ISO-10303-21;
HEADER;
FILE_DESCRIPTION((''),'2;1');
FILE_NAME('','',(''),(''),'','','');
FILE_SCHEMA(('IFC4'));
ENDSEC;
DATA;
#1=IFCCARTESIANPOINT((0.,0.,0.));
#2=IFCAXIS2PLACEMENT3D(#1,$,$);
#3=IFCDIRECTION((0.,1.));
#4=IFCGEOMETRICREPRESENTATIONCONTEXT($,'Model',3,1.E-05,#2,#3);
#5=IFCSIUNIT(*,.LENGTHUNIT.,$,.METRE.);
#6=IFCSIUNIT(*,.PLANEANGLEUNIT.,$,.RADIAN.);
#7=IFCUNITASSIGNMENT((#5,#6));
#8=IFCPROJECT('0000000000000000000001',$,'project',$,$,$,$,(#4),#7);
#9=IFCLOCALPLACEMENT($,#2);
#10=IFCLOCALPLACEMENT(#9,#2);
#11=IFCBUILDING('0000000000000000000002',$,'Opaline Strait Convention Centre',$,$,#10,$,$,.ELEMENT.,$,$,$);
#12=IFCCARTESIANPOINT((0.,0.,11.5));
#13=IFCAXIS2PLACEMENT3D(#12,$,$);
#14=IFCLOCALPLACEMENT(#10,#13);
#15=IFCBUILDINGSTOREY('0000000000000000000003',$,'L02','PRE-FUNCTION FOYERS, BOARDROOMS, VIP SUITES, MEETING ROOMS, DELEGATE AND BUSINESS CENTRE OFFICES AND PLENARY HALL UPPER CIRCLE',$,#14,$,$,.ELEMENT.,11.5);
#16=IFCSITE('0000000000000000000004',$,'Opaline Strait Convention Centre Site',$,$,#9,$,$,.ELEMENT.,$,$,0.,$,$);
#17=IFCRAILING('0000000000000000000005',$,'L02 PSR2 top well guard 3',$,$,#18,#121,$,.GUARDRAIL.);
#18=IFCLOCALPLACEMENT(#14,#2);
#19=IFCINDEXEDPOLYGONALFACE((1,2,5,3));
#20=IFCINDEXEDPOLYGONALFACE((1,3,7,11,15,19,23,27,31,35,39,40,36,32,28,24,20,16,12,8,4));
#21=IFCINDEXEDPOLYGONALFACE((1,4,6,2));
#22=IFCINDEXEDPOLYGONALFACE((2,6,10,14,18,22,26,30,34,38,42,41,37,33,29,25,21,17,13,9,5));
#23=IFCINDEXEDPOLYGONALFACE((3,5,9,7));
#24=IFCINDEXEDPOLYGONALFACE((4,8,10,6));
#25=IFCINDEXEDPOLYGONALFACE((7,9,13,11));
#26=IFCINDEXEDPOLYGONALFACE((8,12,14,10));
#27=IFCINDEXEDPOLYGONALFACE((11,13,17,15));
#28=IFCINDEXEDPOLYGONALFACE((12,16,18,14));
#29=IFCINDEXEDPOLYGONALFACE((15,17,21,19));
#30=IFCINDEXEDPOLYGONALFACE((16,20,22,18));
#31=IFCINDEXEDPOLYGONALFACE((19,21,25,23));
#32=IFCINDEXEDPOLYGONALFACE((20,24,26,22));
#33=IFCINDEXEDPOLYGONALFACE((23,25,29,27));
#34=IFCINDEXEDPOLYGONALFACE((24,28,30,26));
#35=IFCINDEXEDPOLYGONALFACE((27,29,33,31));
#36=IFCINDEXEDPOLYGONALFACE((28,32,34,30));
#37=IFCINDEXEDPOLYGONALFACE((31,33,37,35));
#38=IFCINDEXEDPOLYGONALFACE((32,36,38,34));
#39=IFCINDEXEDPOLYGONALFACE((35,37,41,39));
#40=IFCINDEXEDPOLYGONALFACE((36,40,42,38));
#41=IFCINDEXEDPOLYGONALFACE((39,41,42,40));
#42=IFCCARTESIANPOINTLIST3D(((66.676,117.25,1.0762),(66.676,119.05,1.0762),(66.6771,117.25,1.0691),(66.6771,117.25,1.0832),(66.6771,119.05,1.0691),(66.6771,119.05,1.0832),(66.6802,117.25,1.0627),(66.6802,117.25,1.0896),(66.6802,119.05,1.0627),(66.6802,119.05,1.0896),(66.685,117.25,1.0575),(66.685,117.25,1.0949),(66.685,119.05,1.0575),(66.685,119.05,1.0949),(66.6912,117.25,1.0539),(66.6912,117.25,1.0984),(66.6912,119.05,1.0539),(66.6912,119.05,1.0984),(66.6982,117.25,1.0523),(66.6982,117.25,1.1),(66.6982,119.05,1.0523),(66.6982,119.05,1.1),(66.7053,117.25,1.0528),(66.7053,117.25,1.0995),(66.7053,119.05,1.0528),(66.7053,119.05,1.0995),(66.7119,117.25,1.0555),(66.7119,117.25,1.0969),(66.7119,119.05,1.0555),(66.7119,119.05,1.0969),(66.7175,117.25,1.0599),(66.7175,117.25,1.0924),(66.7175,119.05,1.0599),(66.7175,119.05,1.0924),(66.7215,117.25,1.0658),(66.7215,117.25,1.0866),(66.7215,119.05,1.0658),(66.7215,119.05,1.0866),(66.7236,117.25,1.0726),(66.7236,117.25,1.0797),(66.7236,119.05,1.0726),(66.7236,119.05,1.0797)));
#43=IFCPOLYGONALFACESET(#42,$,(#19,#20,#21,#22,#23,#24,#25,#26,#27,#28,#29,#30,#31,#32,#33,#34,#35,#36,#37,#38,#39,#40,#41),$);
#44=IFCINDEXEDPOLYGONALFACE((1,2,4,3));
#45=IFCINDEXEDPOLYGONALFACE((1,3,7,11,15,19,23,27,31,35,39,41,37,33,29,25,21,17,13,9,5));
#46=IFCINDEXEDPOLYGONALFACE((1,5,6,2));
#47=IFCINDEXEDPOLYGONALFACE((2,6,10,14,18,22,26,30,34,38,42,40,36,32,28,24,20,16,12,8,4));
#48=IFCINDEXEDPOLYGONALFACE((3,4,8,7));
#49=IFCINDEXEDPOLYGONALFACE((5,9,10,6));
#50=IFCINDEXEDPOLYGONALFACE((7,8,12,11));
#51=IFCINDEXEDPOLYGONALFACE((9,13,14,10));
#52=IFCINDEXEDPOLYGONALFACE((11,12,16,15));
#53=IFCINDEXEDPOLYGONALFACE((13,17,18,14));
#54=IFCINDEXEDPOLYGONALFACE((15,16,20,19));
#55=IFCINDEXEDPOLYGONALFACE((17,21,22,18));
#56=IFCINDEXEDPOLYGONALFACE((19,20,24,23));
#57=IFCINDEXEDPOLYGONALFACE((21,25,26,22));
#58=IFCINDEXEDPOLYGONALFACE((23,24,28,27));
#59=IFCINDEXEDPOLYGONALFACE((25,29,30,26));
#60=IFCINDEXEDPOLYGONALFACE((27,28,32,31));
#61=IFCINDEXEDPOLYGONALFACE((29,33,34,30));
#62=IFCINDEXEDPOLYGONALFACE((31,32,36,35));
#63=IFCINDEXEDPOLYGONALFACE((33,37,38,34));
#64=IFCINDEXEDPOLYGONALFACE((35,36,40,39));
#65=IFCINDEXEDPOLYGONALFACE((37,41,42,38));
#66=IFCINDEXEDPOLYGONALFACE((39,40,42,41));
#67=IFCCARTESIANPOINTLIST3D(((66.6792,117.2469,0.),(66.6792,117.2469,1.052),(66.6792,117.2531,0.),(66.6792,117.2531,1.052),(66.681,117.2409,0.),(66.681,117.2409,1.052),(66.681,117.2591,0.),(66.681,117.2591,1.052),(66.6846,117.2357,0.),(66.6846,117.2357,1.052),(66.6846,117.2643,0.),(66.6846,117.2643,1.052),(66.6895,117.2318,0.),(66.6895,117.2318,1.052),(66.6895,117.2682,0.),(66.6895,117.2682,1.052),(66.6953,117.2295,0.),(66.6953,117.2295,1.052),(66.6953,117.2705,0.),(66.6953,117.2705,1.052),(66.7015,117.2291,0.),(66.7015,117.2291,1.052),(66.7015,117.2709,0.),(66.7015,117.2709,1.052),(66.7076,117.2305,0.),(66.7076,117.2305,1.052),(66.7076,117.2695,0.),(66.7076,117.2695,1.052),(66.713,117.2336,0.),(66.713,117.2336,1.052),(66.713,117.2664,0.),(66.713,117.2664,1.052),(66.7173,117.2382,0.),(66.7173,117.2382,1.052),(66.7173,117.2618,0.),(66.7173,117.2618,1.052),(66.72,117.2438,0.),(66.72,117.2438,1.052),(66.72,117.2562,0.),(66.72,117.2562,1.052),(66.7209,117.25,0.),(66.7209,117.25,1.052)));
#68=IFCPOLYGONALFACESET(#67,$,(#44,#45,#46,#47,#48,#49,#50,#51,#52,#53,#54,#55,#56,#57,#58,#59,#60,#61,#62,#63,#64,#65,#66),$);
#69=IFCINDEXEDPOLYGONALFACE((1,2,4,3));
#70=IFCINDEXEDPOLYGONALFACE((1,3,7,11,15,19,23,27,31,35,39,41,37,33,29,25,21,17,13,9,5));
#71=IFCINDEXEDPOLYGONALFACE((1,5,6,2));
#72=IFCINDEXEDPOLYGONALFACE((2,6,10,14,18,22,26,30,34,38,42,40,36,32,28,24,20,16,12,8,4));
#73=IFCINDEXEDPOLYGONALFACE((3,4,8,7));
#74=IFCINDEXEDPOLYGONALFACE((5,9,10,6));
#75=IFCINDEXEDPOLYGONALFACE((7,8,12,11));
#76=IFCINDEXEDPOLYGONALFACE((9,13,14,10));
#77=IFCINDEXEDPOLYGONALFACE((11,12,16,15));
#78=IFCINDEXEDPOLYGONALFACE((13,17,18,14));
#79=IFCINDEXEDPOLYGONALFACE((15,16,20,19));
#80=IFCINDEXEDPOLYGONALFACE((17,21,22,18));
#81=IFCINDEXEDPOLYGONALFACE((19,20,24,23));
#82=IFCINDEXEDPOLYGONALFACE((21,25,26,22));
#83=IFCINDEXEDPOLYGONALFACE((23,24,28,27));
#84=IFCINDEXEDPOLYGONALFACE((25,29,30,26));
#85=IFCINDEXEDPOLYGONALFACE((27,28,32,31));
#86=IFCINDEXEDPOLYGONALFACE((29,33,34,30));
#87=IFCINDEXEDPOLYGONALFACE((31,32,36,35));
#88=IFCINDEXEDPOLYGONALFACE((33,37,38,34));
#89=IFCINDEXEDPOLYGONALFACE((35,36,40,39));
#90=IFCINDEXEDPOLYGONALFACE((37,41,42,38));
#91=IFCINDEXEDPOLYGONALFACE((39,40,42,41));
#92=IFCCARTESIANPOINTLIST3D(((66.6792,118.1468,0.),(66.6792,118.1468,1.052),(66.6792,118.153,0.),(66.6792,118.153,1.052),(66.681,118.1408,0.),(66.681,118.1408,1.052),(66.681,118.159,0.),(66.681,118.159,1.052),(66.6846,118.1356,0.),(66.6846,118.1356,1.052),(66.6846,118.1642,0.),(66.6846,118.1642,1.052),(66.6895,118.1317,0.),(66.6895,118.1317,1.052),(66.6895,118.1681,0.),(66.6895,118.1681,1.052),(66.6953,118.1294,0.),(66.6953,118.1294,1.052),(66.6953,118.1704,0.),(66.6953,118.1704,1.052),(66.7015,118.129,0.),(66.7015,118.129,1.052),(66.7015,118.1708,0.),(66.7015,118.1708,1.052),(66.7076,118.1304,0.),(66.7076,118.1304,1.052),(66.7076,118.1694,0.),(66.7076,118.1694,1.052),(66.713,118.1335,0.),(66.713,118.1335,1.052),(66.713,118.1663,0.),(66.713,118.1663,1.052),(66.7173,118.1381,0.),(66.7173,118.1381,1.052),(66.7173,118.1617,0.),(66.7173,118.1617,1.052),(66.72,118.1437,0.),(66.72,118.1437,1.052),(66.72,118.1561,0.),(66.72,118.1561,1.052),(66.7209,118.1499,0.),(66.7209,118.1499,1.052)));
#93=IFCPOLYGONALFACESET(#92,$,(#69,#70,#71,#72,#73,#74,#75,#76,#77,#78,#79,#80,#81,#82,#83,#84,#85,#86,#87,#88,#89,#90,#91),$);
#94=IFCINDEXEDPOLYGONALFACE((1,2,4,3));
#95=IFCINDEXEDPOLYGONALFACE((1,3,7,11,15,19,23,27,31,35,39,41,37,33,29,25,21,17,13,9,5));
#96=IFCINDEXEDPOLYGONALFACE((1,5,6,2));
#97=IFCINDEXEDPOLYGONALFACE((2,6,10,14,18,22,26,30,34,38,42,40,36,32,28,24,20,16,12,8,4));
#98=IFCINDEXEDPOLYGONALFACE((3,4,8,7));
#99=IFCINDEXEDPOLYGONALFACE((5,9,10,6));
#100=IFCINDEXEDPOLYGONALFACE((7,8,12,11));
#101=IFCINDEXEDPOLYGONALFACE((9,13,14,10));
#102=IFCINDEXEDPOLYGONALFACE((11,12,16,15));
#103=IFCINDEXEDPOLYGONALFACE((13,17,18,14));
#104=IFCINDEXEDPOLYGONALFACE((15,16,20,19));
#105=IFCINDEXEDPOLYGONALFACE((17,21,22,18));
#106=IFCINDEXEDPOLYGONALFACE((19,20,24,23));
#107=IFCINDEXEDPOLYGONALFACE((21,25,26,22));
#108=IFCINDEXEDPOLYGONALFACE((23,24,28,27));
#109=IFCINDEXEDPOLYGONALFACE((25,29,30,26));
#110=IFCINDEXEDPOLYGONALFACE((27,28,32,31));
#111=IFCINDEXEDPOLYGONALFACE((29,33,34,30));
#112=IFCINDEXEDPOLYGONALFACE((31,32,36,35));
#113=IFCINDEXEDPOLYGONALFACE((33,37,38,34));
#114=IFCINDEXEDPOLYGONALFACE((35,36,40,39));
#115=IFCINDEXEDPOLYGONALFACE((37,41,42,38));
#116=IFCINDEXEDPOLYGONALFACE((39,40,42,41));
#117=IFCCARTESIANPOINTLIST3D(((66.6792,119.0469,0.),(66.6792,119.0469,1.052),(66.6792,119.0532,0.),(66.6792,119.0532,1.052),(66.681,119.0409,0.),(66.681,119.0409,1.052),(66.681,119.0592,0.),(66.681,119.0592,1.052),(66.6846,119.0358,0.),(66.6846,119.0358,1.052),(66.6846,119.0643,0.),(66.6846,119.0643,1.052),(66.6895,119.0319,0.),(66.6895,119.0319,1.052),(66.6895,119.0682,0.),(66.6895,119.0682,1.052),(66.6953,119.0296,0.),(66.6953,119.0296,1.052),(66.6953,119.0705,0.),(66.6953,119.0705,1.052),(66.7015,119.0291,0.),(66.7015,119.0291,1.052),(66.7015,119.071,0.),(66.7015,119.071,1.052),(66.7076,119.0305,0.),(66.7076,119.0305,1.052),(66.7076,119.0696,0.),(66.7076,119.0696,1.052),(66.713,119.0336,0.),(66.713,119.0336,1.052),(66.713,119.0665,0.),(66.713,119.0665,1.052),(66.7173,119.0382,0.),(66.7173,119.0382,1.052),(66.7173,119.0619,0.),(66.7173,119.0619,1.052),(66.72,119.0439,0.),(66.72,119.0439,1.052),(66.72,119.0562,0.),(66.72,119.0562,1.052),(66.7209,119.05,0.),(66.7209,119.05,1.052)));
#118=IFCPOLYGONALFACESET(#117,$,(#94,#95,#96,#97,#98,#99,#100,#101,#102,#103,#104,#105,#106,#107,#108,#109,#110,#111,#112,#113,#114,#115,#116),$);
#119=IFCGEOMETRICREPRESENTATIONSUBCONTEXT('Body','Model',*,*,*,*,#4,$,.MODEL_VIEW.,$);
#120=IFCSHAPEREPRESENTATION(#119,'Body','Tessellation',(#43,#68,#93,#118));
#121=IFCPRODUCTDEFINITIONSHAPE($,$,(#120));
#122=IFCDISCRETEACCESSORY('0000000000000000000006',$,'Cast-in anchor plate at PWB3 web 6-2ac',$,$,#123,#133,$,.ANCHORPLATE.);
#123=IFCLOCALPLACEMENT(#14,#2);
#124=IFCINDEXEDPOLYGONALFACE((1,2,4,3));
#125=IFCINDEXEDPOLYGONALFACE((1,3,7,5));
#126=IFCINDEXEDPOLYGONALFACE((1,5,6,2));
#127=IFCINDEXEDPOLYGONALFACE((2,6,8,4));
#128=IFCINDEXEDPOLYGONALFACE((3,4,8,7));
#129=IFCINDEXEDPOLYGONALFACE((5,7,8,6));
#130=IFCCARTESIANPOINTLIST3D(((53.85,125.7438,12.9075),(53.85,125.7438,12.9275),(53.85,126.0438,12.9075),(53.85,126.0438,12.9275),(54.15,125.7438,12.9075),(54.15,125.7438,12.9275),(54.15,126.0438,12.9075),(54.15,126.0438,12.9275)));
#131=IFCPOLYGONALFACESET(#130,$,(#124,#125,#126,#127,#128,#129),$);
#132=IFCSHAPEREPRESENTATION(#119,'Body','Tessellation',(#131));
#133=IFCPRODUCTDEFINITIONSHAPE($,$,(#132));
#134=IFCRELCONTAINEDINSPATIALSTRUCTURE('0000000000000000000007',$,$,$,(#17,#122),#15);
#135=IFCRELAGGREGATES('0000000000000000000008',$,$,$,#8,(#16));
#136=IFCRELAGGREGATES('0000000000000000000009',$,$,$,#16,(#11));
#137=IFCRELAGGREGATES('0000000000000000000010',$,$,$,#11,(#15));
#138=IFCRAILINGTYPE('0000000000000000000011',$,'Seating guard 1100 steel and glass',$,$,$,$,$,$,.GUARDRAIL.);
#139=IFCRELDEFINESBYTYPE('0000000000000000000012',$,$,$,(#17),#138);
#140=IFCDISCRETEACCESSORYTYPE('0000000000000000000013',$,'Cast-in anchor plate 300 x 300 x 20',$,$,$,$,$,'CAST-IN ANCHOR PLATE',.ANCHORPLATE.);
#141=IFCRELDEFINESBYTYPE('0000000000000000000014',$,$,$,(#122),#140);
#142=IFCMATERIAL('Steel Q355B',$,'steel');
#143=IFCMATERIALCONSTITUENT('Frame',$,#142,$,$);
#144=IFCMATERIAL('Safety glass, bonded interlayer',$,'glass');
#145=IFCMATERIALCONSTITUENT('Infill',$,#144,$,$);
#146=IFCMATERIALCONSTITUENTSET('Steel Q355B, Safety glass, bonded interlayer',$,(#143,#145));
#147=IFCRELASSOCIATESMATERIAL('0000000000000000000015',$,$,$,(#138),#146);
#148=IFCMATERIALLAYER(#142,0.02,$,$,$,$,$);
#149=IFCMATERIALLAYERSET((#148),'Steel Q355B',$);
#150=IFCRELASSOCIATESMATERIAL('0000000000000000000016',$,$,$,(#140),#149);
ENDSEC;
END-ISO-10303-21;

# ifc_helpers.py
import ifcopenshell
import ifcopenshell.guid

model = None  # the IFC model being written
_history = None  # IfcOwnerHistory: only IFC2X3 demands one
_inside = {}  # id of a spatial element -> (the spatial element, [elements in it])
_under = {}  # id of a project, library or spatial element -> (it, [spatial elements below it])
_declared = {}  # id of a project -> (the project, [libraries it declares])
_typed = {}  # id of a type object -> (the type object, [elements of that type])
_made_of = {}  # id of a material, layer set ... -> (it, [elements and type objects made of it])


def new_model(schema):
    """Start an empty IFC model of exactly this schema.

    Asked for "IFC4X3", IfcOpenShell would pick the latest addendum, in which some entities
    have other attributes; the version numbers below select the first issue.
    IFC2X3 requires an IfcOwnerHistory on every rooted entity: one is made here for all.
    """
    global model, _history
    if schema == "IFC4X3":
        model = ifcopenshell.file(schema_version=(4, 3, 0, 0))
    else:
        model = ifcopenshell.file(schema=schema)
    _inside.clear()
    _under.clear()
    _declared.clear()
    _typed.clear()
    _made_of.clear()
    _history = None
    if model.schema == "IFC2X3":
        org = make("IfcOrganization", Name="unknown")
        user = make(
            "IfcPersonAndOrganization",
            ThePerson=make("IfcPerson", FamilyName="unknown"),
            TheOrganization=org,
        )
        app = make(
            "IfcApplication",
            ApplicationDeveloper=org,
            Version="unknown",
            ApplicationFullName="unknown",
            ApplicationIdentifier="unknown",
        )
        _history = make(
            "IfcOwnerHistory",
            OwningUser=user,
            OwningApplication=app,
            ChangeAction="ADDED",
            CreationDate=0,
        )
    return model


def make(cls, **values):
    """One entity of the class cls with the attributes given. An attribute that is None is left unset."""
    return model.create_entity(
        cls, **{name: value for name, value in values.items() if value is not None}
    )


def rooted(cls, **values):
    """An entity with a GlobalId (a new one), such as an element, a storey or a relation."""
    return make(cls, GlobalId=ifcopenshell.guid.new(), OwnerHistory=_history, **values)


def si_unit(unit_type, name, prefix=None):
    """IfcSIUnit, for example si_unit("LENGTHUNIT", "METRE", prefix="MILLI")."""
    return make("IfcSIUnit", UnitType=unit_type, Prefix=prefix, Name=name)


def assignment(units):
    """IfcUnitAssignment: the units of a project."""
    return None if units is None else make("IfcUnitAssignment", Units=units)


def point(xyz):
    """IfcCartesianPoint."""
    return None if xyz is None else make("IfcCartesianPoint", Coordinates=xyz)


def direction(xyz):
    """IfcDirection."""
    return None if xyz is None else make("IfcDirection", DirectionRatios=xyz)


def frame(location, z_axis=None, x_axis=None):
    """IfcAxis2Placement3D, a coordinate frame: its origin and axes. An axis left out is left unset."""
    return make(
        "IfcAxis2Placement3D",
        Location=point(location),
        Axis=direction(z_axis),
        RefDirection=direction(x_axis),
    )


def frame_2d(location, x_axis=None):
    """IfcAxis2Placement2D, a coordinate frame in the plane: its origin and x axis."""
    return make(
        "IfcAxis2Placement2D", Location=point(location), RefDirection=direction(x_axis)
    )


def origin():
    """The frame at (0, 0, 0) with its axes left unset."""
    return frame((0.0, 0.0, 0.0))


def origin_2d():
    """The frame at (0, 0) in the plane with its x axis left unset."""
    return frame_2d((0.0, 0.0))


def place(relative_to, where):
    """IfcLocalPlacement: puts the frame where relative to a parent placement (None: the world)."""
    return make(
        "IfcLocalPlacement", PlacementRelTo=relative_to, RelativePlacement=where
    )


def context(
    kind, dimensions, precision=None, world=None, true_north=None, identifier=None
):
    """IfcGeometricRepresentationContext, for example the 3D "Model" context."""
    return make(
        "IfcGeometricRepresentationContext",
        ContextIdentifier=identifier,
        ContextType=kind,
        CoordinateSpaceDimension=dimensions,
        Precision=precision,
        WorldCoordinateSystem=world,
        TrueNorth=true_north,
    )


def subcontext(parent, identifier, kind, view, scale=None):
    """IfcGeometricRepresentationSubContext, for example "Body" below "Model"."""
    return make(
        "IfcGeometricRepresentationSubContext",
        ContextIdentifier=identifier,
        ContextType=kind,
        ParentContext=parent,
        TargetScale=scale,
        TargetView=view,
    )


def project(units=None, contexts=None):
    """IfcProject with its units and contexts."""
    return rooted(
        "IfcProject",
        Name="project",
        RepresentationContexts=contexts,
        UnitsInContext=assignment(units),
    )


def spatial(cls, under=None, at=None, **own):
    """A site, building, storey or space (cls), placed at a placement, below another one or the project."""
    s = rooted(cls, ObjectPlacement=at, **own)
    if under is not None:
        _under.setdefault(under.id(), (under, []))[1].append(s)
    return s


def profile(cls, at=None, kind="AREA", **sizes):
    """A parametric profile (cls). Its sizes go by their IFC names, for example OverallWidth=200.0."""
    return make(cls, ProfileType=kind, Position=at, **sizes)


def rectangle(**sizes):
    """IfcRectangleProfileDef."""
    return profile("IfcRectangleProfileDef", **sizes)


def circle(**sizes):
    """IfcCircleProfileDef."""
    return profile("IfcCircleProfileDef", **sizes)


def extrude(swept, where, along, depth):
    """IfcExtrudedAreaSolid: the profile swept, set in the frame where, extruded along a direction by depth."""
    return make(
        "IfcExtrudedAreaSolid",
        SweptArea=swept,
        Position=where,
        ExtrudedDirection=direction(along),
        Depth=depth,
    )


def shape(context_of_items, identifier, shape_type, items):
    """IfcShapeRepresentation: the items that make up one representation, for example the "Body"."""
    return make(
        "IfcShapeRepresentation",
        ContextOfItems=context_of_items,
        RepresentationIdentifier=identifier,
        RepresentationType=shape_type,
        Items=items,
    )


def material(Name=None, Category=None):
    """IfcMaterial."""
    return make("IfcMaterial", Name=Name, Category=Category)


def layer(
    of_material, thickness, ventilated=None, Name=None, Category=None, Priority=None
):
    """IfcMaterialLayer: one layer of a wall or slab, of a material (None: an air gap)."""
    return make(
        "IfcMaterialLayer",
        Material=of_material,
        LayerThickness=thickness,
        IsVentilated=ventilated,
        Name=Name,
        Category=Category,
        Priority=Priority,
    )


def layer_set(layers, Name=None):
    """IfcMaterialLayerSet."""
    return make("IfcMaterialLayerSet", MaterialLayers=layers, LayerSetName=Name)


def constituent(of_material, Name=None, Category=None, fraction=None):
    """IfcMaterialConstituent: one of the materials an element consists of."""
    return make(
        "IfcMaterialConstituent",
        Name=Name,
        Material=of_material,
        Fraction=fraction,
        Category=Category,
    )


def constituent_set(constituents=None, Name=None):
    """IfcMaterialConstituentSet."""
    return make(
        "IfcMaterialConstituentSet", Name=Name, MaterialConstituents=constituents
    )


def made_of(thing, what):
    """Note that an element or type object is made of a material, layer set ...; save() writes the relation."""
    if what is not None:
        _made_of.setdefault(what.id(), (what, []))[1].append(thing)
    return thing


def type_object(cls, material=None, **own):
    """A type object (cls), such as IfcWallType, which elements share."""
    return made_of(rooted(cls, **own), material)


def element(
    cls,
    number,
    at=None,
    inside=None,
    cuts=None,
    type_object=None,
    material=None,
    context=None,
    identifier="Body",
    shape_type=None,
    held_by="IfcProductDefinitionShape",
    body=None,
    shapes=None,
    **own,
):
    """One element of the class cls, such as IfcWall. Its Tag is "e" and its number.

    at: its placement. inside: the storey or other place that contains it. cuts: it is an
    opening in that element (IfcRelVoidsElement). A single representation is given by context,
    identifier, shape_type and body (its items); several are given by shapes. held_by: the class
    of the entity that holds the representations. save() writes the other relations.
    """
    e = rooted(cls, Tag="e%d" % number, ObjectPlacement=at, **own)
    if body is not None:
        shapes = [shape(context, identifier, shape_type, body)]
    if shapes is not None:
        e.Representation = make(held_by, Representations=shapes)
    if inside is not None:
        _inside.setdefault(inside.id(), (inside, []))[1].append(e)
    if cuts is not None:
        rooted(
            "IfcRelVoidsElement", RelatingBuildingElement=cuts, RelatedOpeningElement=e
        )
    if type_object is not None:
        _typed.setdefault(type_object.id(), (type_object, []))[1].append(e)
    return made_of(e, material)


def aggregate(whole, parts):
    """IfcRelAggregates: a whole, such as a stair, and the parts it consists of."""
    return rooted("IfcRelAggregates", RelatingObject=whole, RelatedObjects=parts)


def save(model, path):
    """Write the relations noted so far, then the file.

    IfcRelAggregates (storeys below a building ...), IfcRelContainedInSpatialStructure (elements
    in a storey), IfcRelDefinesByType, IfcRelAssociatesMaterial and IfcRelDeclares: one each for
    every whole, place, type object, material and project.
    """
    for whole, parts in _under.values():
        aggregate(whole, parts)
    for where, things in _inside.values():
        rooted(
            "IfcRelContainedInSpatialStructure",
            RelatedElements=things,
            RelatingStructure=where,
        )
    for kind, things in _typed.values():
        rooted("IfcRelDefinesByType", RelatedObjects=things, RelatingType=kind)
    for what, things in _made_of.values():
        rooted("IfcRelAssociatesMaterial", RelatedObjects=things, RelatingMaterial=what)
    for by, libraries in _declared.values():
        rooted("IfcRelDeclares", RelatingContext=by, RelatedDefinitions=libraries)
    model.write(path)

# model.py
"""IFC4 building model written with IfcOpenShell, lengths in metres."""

from ifc_helpers import new_model, si_unit, direction, frame, origin, origin_2d, place, context, subcontext, project, spatial, rectangle, circle, extrude, material, layer, layer_set, constituent, constituent_set, type_object, element, save


model = new_model("IFC4")

# Units and contexts
model_context = context("Model", 3, precision=1e-05, world=origin(), true_north=direction((0.0, 1.0)))
body_context = subcontext(model_context, "Body", "Model", "MODEL_VIEW")
ifc_project = project(units=[si_unit("LENGTHUNIT", "METRE"), si_unit("PLANEANGLEUNIT", "RADIAN")], contexts=[model_context])

# Site, building, storey
site_placement = place(None, origin())
site = spatial("IfcSite", under=ifc_project, at=site_placement, Name="Opaline Strait Convention Centre Site", CompositionType="ELEMENT", RefElevation=0.0)
building_placement = place(site_placement, origin())
building = spatial("IfcBuilding", under=site, at=building_placement, Name="Opaline Strait Convention Centre", CompositionType="ELEMENT")
storey_placement = place(building_placement, frame((0.0, 0.0, 11.5)))
storey = spatial("IfcBuildingStorey", under=building, at=storey_placement, Name="L02", Description="PRE-FUNCTION FOYERS, BOARDROOMS, VIP SUITES, MEETING ROOMS, DELEGATE AND BUSINESS CENTRE OFFICES AND PLENARY HALL UPPER CIRCLE", CompositionType="ELEMENT", Elevation=11.5)

# Shared definitions
ifc_material_1 = material(Name="Steel Q355B", Category="steel")

# Railing
ifc_constituent_1 = constituent(ifc_material_1, Name="Frame")
ifc_material_2 = material(Name="Safety glass, bonded interlayer", Category="glass")
ifc_constituent_2 = constituent(ifc_material_2, Name="Infill")
ifc_constituent_set = constituent_set(constituents=[ifc_constituent_1, ifc_constituent_2], Name="Steel Q355B, Safety glass, bonded interlayer")
railing_type = type_object("IfcRailingType", Name="Seating guard 1100 steel and glass", PredefinedType="GUARDRAIL", material=ifc_constituent_set)
railing_1_placement = place(storey_placement, frame((66.7, 117.25, 0.0)))
element("IfcRailing", 1, at=railing_1_placement, inside=storey, type_object=railing_type, Name="L02 PSR2 top well guard 3", PredefinedType="GUARDRAIL", context=body_context, shape_type="SweptSolid", body=[
    extrude(circle(Radius=0.0239, at=origin_2d()), frame((0.0, 0.0, 1.0762), z_axis=(0.0, 1.0, 0.0), x_axis=(-1.0, 0.0, 0.0)), (0.0, 0.0, 1.0), 1.8),
    extrude(circle(Radius=0.021, at=origin_2d()), origin(), (0.0, 0.0, 1.0), 1.052),
    extrude(circle(Radius=0.021, at=origin_2d()), frame((0.0, 0.8999, 0.0)), (0.0, 0.0, 1.0), 1.052),
    extrude(circle(Radius=0.021, at=origin_2d()), frame((0.0, 1.8, 0.0)), (0.0, 0.0, 1.0), 1.052),
])

# Discrete accessory
ifc_layer_1 = layer(ifc_material_1, 0.02)
ifc_layer_set_1 = layer_set([ifc_layer_1], Name="Steel Q355B")
discrete_accessory_type = type_object("IfcDiscreteAccessoryType", Name="Cast-in anchor plate 300 x 300 x 20", ElementType="CAST-IN ANCHOR PLATE", PredefinedType="ANCHORPLATE", material=ifc_layer_set_1)
discrete_accessory_placement = place(storey_placement, frame((54.0, 125.8938, 12.9075), z_axis=(0.0, 0.0, 1.0), x_axis=(1.0, 0.0, 0.0)))
element("IfcDiscreteAccessory", 2, at=discrete_accessory_placement, inside=storey, type_object=discrete_accessory_type, Name="Cast-in anchor plate at PWB3 web 6-2ac", PredefinedType="ANCHORPLATE", context=body_context, shape_type="SweptSolid", body=[
    extrude(rectangle(XDim=0.3, YDim=0.3, at=origin_2d()), origin(), (0.0, 0.0, 1.0), 0.02),
])

save(model, "model.ifc")
